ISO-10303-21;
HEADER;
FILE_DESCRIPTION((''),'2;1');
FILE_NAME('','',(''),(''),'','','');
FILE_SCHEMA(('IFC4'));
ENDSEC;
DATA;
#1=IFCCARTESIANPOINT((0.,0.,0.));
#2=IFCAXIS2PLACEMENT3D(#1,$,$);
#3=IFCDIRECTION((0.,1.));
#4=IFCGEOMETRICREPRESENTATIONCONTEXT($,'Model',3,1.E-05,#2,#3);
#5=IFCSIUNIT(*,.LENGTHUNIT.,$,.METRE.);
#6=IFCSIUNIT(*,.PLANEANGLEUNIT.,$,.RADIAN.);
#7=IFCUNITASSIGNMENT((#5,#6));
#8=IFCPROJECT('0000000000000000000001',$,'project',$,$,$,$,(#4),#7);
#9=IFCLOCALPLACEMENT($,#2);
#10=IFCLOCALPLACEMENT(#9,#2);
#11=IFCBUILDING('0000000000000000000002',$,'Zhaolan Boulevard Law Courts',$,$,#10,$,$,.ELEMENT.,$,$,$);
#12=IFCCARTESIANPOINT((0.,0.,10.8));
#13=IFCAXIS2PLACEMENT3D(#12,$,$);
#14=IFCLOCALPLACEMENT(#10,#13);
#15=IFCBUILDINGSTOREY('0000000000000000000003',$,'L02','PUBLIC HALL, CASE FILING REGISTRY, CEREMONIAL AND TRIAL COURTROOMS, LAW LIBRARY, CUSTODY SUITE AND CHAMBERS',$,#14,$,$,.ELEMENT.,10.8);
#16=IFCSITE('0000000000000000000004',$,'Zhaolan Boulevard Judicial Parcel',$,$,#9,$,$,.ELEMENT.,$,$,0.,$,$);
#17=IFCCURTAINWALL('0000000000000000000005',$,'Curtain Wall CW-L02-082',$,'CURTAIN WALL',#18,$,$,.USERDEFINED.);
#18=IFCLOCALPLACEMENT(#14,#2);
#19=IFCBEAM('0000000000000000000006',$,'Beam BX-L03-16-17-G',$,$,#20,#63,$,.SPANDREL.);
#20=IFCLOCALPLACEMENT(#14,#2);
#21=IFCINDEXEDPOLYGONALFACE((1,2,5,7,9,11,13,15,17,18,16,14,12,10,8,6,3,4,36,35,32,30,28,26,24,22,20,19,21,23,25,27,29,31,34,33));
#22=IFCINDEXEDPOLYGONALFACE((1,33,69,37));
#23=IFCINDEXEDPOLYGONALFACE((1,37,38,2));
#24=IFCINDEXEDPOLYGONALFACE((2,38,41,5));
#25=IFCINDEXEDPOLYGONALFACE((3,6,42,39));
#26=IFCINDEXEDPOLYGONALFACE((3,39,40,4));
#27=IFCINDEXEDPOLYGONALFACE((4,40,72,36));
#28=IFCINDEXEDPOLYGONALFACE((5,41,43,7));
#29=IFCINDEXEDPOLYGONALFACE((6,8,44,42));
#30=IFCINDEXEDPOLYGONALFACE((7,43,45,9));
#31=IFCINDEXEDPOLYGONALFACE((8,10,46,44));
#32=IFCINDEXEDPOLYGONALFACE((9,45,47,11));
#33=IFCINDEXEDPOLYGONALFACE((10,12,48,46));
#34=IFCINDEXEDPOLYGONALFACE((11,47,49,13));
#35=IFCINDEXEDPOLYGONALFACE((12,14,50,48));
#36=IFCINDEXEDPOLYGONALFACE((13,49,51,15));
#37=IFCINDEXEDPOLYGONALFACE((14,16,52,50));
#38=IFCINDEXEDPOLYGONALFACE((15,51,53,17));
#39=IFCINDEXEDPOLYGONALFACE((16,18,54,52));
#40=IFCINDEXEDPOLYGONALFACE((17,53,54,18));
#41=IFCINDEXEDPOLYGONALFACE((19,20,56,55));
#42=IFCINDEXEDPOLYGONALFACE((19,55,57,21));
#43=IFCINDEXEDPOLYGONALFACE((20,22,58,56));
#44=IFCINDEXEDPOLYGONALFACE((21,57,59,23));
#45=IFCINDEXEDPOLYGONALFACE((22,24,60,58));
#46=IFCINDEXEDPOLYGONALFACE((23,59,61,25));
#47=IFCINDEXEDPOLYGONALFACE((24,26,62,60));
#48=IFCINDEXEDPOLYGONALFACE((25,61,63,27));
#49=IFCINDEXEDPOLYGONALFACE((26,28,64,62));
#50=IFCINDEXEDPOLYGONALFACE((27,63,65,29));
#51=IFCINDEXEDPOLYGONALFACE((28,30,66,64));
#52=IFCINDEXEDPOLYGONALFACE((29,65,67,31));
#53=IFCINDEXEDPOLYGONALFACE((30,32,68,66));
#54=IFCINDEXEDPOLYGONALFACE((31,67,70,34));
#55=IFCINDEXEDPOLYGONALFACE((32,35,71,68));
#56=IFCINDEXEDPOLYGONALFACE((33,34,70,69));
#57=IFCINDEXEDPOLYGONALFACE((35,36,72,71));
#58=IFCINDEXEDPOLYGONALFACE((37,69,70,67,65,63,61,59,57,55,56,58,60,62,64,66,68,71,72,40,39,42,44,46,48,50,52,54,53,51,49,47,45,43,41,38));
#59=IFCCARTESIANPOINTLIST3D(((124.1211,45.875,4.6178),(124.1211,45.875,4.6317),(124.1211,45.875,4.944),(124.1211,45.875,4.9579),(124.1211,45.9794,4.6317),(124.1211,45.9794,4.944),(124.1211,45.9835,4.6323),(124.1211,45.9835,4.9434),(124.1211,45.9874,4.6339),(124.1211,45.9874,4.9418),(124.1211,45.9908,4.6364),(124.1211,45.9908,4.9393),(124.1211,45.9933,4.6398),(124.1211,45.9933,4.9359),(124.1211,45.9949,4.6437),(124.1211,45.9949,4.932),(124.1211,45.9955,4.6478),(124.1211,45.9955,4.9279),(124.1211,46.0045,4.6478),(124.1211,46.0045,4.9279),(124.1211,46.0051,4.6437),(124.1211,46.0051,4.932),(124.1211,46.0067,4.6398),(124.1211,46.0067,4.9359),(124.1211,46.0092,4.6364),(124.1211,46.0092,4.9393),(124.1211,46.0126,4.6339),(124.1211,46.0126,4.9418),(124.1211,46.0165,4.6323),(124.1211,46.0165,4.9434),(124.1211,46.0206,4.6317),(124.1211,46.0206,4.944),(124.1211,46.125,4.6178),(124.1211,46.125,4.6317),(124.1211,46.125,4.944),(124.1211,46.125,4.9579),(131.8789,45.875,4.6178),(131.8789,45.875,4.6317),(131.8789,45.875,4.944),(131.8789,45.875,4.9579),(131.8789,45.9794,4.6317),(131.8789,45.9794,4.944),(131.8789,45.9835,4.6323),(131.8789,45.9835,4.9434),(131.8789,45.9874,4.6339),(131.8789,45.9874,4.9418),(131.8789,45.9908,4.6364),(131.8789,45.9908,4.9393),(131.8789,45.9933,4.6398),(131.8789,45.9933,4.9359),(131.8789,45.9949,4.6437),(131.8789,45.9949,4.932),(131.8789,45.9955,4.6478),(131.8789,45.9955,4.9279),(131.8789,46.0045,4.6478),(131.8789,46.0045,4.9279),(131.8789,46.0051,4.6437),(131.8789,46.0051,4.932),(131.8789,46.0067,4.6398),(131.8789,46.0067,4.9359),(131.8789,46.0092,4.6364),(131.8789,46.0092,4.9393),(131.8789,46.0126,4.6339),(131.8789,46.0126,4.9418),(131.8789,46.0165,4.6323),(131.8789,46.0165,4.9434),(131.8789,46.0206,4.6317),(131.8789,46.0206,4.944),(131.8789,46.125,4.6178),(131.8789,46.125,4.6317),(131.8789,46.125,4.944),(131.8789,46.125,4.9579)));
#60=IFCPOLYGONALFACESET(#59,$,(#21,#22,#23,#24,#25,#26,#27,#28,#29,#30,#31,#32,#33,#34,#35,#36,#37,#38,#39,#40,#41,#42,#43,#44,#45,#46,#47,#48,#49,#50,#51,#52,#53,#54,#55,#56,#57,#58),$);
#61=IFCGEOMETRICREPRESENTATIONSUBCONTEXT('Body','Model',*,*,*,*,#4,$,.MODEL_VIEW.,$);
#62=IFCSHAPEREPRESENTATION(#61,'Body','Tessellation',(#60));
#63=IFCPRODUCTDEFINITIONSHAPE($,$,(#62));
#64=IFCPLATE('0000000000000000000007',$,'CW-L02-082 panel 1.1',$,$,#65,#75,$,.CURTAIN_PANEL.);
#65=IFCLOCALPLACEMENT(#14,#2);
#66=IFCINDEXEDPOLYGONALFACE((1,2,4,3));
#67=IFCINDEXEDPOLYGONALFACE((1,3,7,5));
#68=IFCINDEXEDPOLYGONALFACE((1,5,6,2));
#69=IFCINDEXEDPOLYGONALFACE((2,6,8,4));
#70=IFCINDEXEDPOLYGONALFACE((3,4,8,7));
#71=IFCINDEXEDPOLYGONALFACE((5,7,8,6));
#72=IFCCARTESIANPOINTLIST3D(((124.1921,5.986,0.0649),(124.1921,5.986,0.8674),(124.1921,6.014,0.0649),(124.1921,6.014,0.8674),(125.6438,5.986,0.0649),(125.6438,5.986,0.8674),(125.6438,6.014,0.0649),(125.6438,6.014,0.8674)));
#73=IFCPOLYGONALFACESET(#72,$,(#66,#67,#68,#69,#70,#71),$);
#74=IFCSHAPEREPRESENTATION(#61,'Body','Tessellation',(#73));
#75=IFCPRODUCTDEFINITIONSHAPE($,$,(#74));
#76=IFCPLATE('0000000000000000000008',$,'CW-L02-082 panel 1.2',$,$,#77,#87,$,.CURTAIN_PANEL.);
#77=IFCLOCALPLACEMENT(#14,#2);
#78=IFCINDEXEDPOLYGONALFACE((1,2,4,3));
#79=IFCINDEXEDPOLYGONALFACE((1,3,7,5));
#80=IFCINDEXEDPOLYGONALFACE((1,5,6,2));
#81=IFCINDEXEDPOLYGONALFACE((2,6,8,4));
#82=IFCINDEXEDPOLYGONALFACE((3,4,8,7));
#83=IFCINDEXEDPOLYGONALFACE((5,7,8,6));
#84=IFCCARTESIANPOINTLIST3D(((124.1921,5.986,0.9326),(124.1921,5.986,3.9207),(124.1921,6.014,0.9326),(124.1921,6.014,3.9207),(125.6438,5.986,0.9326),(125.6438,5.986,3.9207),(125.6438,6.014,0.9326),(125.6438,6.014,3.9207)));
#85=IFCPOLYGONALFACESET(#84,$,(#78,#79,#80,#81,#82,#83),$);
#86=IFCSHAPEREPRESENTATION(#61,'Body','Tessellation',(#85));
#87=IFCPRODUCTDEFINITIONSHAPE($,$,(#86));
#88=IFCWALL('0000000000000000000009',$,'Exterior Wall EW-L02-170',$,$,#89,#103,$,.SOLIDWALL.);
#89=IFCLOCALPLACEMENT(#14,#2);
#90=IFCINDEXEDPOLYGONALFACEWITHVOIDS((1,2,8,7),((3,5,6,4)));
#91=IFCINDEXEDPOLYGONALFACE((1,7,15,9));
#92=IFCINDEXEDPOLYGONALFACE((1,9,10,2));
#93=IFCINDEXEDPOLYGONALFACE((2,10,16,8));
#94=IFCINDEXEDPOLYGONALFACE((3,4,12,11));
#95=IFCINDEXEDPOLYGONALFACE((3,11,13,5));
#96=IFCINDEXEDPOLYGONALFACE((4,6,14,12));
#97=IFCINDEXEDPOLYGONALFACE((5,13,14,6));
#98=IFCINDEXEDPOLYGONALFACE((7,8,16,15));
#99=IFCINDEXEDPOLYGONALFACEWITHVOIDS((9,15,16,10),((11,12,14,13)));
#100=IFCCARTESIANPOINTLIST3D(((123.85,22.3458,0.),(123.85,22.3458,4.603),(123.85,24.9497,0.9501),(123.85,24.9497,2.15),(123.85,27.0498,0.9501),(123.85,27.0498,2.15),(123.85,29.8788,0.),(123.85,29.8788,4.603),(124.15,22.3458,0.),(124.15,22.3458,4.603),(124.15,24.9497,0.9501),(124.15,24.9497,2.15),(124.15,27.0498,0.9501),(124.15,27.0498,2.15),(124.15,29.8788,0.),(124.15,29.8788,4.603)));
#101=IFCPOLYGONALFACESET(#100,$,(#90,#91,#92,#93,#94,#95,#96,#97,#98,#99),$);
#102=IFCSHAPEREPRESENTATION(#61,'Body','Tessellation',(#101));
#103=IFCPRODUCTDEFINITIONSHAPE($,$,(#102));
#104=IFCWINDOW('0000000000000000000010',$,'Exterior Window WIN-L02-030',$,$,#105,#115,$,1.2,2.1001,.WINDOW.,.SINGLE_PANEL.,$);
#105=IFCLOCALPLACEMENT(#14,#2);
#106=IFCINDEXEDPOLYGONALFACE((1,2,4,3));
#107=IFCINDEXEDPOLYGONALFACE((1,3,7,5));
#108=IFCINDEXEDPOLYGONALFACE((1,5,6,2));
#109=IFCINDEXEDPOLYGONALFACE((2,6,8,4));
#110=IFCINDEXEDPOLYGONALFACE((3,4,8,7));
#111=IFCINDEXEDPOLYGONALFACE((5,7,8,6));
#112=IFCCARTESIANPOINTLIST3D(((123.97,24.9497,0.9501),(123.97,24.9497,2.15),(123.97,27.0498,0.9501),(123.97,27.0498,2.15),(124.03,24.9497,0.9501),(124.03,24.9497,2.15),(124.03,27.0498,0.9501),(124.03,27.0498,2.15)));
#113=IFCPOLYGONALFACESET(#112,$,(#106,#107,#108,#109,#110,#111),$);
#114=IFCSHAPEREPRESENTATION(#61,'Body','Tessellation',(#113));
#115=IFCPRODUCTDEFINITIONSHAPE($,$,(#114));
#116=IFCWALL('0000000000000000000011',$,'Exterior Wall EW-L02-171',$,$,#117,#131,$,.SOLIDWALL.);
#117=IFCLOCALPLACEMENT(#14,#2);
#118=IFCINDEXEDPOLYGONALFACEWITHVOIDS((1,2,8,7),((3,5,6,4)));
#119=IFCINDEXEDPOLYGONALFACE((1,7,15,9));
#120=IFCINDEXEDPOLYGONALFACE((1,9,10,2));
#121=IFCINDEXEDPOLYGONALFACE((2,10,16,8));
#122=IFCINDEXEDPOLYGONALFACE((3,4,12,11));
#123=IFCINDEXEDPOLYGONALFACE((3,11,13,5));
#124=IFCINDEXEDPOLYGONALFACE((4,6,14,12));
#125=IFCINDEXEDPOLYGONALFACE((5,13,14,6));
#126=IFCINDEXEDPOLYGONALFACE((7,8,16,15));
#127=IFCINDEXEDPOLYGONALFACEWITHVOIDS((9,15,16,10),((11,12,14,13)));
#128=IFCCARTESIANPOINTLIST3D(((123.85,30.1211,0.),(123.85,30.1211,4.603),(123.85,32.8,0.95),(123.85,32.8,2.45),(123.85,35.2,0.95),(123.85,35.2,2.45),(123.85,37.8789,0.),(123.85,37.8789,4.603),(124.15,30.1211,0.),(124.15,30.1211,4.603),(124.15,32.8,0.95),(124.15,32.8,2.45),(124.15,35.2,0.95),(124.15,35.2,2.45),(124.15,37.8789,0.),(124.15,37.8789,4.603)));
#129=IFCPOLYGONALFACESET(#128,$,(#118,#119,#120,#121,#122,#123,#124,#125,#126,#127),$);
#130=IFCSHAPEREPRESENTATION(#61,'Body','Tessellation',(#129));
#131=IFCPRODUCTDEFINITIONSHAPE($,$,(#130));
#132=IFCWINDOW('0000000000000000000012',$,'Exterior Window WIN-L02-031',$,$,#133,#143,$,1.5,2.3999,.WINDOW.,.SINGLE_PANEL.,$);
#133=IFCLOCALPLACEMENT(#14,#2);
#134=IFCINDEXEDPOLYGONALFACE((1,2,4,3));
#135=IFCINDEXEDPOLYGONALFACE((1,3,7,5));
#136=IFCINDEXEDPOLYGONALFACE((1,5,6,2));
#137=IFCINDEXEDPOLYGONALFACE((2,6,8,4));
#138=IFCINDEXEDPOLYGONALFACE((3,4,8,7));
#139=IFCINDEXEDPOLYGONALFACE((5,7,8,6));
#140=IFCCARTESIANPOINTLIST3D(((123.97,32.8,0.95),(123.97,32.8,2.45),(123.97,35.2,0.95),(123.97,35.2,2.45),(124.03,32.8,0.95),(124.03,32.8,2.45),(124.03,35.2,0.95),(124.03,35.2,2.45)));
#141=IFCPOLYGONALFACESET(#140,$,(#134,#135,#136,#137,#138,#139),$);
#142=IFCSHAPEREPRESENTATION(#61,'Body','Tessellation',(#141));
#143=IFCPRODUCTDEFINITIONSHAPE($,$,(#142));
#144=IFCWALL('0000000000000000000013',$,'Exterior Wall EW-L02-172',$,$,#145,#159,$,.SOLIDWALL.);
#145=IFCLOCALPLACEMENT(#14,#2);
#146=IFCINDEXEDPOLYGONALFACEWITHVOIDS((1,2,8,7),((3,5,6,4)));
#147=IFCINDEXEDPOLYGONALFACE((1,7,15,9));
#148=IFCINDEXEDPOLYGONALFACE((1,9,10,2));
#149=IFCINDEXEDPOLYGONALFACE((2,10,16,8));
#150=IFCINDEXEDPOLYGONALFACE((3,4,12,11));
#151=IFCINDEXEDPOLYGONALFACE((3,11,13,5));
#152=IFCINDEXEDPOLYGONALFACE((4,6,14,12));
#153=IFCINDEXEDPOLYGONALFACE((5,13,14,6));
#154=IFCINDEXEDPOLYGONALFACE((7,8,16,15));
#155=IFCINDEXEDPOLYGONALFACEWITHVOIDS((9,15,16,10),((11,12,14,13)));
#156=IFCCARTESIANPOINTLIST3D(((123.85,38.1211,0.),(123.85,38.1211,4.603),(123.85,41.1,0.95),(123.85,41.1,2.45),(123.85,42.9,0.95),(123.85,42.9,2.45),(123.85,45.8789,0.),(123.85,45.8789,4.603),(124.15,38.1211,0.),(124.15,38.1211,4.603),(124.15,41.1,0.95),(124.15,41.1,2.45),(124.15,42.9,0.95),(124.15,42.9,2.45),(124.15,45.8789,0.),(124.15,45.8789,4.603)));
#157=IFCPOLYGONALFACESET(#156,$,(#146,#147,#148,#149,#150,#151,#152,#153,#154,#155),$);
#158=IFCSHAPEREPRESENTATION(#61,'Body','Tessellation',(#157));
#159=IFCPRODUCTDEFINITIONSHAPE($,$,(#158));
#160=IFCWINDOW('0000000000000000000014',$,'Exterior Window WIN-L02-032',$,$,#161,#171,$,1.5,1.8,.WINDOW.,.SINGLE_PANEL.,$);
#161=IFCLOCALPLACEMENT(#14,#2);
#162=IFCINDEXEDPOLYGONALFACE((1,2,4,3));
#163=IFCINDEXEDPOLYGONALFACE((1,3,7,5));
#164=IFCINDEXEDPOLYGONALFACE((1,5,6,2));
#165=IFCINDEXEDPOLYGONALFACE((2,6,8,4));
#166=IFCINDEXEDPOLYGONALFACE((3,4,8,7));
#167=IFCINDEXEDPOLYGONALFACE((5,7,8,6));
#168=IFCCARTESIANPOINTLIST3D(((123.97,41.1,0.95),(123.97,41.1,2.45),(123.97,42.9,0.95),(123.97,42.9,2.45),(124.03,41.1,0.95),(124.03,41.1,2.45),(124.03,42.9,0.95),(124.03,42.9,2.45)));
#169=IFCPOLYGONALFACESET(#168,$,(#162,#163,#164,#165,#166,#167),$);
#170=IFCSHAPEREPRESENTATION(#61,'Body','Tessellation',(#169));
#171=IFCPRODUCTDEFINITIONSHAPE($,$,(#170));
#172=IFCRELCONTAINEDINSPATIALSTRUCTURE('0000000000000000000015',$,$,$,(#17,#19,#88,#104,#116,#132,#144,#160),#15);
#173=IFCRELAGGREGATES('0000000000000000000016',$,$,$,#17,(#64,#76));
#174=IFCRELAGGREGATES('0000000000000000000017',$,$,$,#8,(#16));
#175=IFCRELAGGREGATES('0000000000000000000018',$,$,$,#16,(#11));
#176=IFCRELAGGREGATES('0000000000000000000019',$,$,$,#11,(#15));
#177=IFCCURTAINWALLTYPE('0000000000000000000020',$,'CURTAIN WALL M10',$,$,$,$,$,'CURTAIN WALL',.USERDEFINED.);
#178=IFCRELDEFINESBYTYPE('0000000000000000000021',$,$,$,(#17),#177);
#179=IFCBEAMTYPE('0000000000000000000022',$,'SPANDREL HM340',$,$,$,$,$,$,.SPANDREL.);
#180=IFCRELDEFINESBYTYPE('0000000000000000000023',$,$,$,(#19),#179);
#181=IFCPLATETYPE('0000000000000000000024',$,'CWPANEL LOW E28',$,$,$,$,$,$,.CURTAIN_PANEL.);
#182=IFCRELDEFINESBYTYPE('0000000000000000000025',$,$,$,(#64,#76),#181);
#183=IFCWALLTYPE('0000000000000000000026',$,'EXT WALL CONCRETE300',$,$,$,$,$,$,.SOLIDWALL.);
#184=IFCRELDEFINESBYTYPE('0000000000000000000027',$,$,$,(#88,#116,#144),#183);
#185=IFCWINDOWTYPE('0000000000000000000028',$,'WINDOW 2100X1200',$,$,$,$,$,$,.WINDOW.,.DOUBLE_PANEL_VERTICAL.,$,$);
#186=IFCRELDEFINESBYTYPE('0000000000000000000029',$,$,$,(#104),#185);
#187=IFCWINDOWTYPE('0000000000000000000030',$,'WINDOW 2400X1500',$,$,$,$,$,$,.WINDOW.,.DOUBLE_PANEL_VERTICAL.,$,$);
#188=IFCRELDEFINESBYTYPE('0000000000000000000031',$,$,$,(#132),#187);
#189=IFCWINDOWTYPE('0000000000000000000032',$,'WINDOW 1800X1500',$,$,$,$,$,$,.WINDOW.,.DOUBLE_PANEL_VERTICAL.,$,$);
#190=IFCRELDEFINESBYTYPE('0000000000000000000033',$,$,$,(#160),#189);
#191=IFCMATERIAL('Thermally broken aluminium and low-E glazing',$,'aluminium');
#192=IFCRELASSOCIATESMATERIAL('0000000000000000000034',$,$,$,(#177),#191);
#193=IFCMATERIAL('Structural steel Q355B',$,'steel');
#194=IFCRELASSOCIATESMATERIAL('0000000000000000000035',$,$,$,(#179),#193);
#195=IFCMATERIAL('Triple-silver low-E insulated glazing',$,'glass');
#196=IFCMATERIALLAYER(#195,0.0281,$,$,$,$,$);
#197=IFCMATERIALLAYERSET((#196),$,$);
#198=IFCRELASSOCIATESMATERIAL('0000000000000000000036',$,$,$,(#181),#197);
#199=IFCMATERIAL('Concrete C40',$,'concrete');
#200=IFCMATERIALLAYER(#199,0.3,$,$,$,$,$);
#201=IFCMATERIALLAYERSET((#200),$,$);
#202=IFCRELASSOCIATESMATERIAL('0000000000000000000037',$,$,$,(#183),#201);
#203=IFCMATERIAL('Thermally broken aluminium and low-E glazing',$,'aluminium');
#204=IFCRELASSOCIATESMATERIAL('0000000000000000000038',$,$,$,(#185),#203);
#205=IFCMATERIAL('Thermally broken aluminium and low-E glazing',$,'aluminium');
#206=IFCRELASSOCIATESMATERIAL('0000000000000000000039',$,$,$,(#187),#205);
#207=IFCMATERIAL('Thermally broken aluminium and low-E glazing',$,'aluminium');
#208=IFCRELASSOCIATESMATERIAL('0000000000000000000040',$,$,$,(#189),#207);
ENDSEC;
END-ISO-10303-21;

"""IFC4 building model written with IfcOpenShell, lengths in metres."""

from ifc_helpers import new_model, si_unit, direction, frame, frame_2d, origin, origin_2d, place, context, subcontext, project, spatial, rectangle, i_section, extrude, material, layer, layer_set, material_profile, profile_set, type_object, element, fill, aggregate, save


model = new_model("IFC4")

# Units and contexts
model_context = context("Model", 3, precision=1e-05, world=origin(), true_north=direction((0.0, 1.0)))
body_context = subcontext(model_context, "Body", "Model", "MODEL_VIEW")
ifc_project = project(units=[si_unit("LENGTHUNIT", "METRE"), si_unit("PLANEANGLEUNIT", "RADIAN")], contexts=[model_context])

# Site, building, storey
site_placement = place(None, origin())
site = spatial("IfcSite", under=ifc_project, at=site_placement, Name="Zhaolan Boulevard Judicial Parcel", CompositionType="ELEMENT", RefElevation=0.0)
building_placement = place(site_placement, origin())
building = spatial("IfcBuilding", under=site, at=building_placement, Name="Zhaolan Boulevard Law Courts", CompositionType="ELEMENT")
storey_placement = place(building_placement, frame((0.0, 0.0, 10.8)))
storey = spatial("IfcBuildingStorey", under=building, at=storey_placement, Name="L02", Description="PUBLIC HALL, CASE FILING REGISTRY, CEREMONIAL AND TRIAL COURTROOMS, LAW LIBRARY, CUSTODY SUITE AND CHAMBERS", CompositionType="ELEMENT", Elevation=10.8)

# Curtain wall
ifc_material_1 = material(Name="Thermally broken aluminium and low-E glazing", Category="aluminium")
curtain_wall_type = type_object("IfcCurtainWallType", Name="CURTAIN WALL M10", ElementType="CURTAIN WALL", PredefinedType="USERDEFINED", material=ifc_material_1)
curtain_wall_placement = place(storey_placement, origin())
curtain_wall = element("IfcCurtainWall", 1, at=curtain_wall_placement, inside=storey, type_object=curtain_wall_type, Name="Curtain Wall CW-L02-082", ObjectType="CURTAIN WALL", PredefinedType="USERDEFINED")

# Beam
ifc_material_2 = material(Name="Structural steel Q355B", Category="steel")
ifc_material_profile_1 = material_profile(ifc_material_2, i_section(OverallWidth=0.25, OverallDepth=0.3401, WebThickness=0.009, FlangeThickness=0.0139, FilletRadius=0.0161, at=origin_2d()), Name="HM340x250")
ifc_profile_set_1 = profile_set([ifc_material_profile_1], Name="Structural steel Q355B")
beam_type_1 = type_object("IfcBeamType", Name="SPANDREL HM340", PredefinedType="SPANDREL", material=ifc_profile_set_1)
for number, where, z_axis, x_axis, name in (
    (2, (124.1211, 46.0, 4.7878), (1.0, 0.0, 0.0), (0.0, 1.0, 0.0), "Beam BX-L03-16-17-G"),
):
    element("IfcBeam", number, at=place(storey_placement, frame(where, z_axis=z_axis, x_axis=x_axis)), inside=storey, type_object=beam_type_1, Name=name, PredefinedType="SPANDREL", context=body_context, shape_type="SweptSolid", body=[
        extrude(i_section(OverallWidth=0.25, OverallDepth=0.3401, WebThickness=0.009, FlangeThickness=0.0139, FilletRadius=0.0161, at=origin_2d()), origin(), (0.0, 0.0, 1.0), 7.7578),
    ])

# Plates
ifc_material_3 = material(Name="Triple-silver low-E insulated glazing", Category="glass")
ifc_layer_1 = layer(ifc_material_3, 0.0281)
ifc_layer_set_1 = layer_set([ifc_layer_1])
plate_type = type_object("IfcPlateType", Name="CWPANEL LOW E28", PredefinedType="CURTAIN_PANEL", material=ifc_layer_set_1)
plate_1_placement = place(storey_placement, frame((124.918, 6.0, 0.0649), z_axis=(0.0, 0.0, 1.0), x_axis=(1.0, 0.0, 0.0)))
plate_1 = element("IfcPlate", 3, at=plate_1_placement, type_object=plate_type, Name="CW-L02-082 panel 1.1", PredefinedType="CURTAIN_PANEL", context=body_context, shape_type="SweptSolid", body=[
    extrude(rectangle(XDim=1.4517, YDim=0.0281, at=origin_2d()), origin(), (0.0, 0.0, 1.0), 0.8025),
])
plate_2_placement = place(storey_placement, frame((124.918, 6.0, 0.9326), z_axis=(0.0, 0.0, 1.0), x_axis=(1.0, 0.0, 0.0)))
plate_2 = element("IfcPlate", 4, at=plate_2_placement, type_object=plate_type, Name="CW-L02-082 panel 1.2", PredefinedType="CURTAIN_PANEL", context=body_context, shape_type="SweptSolid", body=[
    extrude(rectangle(XDim=1.4517, YDim=0.0281, at=origin_2d()), origin(), (0.0, 0.0, 1.0), 2.988),
])
aggregate(curtain_wall, [plate_1, plate_2])

# Walls, openings, windows
ifc_material_4 = material(Name="Concrete C40", Category="concrete")
ifc_layer_2 = layer(ifc_material_4, 0.3)
ifc_layer_set_2 = layer_set([ifc_layer_2])
wall_type_1 = type_object("IfcWallType", Name="EXT WALL CONCRETE300", PredefinedType="SOLIDWALL", material=ifc_layer_set_2)
wall_1_placement = place(storey_placement, frame((124.0, 29.8789, 0.0), z_axis=(0.0, 0.0, 1.0), x_axis=(0.0, -1.0, 0.0)))
wall_1 = element("IfcWall", 5, at=wall_1_placement, inside=storey, type_object=wall_type_1, Name="Exterior Wall EW-L02-170", PredefinedType="SOLIDWALL", context=body_context, shape_type="SweptSolid", body=[
    extrude(rectangle(XDim=7.533, YDim=0.3, at=frame_2d((3.7666, 0.0))), origin(), (0.0, 0.0, 1.0), 4.603),
])
opening_1_placement = place(wall_1_placement, frame((2.8291, 0.0, 0.95)))
opening_1 = element("IfcOpeningElement", 6, at=opening_1_placement, cuts=wall_1, PredefinedType="OPENING", context=body_context, shape_type="SweptSolid", body=[
    extrude(rectangle(XDim=2.1001, YDim=1.2, at=frame_2d((1.05, 0.6001))), frame((0.0, 0.1599, 0.0), z_axis=(0.0, -1.0, 0.0), x_axis=(1.0, 0.0, 0.0)), (0.0, 0.0, 1.0), 0.3201),
])
ifc_material_5 = material(Name="Thermally broken aluminium and low-E glazing", Category="aluminium")
window_type_1 = type_object("IfcWindowType", Name="WINDOW 2100X1200", PartitioningType="DOUBLE_PANEL_VERTICAL", PredefinedType="WINDOW", material=ifc_material_5)
window_1_placement = place(opening_1_placement, origin())
window_1 = element("IfcWindow", 7, at=window_1_placement, inside=storey, type_object=window_type_1, Name="Exterior Window WIN-L02-030", OverallHeight=1.2, OverallWidth=2.1001, PartitioningType="SINGLE_PANEL", PredefinedType="WINDOW", context=body_context, shape_type="SweptSolid", body=[
    extrude(rectangle(XDim=2.1001, YDim=1.2, at=frame_2d((1.05, 0.6001))), frame((0.0, 0.03, 0.0), z_axis=(0.0, -1.0, 0.0), x_axis=(1.0, 0.0, 0.0)), (0.0, 0.0, 1.0), 0.0601),
])
fill(opening_1, window_1)
wall_2_placement = place(storey_placement, frame((124.0, 37.8789, 0.0), z_axis=(0.0, 0.0, 1.0), x_axis=(0.0, -1.0, 0.0)))
wall_2 = element("IfcWall", 8, at=wall_2_placement, inside=storey, type_object=wall_type_1, Name="Exterior Wall EW-L02-171", PredefinedType="SOLIDWALL", context=body_context, shape_type="SweptSolid", body=[
    extrude(rectangle(XDim=7.7578, YDim=0.3, at=frame_2d((3.8789, 0.0))), origin(), (0.0, 0.0, 1.0), 4.603),
])
opening_2_placement = place(wall_2_placement, frame((2.679, 0.0, 0.95)))
opening_2 = element("IfcOpeningElement", 9, at=opening_2_placement, cuts=wall_2, PredefinedType="OPENING", context=body_context, shape_type="SweptSolid", body=[
    extrude(rectangle(XDim=2.3999, YDim=1.5, at=frame_2d((1.2, 0.75))), frame((0.0, 0.1599, 0.0), z_axis=(0.0, -1.0, 0.0), x_axis=(1.0, 0.0, 0.0)), (0.0, 0.0, 1.0), 0.3201),
])
ifc_material_6 = material(Name="Thermally broken aluminium and low-E glazing", Category="aluminium")
window_type_2 = type_object("IfcWindowType", Name="WINDOW 2400X1500", PartitioningType="DOUBLE_PANEL_VERTICAL", PredefinedType="WINDOW", material=ifc_material_6)
window_2_placement = place(opening_2_placement, origin())
window_2 = element("IfcWindow", 10, at=window_2_placement, inside=storey, type_object=window_type_2, Name="Exterior Window WIN-L02-031", OverallHeight=1.5, OverallWidth=2.3999, PartitioningType="SINGLE_PANEL", PredefinedType="WINDOW", context=body_context, shape_type="SweptSolid", body=[
    extrude(rectangle(XDim=2.3999, YDim=1.5, at=frame_2d((1.2, 0.75))), frame((0.0, 0.03, 0.0), z_axis=(0.0, -1.0, 0.0), x_axis=(1.0, 0.0, 0.0)), (0.0, 0.0, 1.0), 0.0601),
])
fill(opening_2, window_2)
wall_3_placement = place(storey_placement, frame((124.0, 45.8789, 0.0), z_axis=(0.0, 0.0, 1.0), x_axis=(0.0, -1.0, 0.0)))
wall_3 = element("IfcWall", 11, at=wall_3_placement, inside=storey, type_object=wall_type_1, Name="Exterior Wall EW-L02-172", PredefinedType="SOLIDWALL", context=body_context, shape_type="SweptSolid", body=[
    extrude(rectangle(XDim=7.7578, YDim=0.3, at=frame_2d((3.8789, 0.0))), origin(), (0.0, 0.0, 1.0), 4.603),
])
opening_3_placement = place(wall_3_placement, frame((2.979, 0.0, 0.95)))
opening_3 = element("IfcOpeningElement", 12, at=opening_3_placement, cuts=wall_3, PredefinedType="OPENING", context=body_context, shape_type="SweptSolid", body=[
    extrude(rectangle(XDim=1.8, YDim=1.5, at=frame_2d((0.8999, 0.75))), frame((0.0, 0.1599, 0.0), z_axis=(0.0, -1.0, 0.0), x_axis=(1.0, 0.0, 0.0)), (0.0, 0.0, 1.0), 0.3201),
])
ifc_material_7 = material(Name="Thermally broken aluminium and low-E glazing", Category="aluminium")
window_type_3 = type_object("IfcWindowType", Name="WINDOW 1800X1500", PartitioningType="DOUBLE_PANEL_VERTICAL", PredefinedType="WINDOW", material=ifc_material_7)
window_3_placement = place(opening_3_placement, origin())
window_3 = element("IfcWindow", 13, at=window_3_placement, inside=storey, type_object=window_type_3, Name="Exterior Window WIN-L02-032", OverallHeight=1.5, OverallWidth=1.8, PartitioningType="SINGLE_PANEL", PredefinedType="WINDOW", context=body_context, shape_type="SweptSolid", body=[
    extrude(rectangle(XDim=1.8, YDim=1.5, at=frame_2d((0.8999, 0.75))), frame((0.0, 0.03, 0.0), z_axis=(0.0, -1.0, 0.0), x_axis=(1.0, 0.0, 0.0)), (0.0, 0.0, 1.0), 0.0601),
])
fill(opening_3, window_3)

save(model, "model.ifc")
